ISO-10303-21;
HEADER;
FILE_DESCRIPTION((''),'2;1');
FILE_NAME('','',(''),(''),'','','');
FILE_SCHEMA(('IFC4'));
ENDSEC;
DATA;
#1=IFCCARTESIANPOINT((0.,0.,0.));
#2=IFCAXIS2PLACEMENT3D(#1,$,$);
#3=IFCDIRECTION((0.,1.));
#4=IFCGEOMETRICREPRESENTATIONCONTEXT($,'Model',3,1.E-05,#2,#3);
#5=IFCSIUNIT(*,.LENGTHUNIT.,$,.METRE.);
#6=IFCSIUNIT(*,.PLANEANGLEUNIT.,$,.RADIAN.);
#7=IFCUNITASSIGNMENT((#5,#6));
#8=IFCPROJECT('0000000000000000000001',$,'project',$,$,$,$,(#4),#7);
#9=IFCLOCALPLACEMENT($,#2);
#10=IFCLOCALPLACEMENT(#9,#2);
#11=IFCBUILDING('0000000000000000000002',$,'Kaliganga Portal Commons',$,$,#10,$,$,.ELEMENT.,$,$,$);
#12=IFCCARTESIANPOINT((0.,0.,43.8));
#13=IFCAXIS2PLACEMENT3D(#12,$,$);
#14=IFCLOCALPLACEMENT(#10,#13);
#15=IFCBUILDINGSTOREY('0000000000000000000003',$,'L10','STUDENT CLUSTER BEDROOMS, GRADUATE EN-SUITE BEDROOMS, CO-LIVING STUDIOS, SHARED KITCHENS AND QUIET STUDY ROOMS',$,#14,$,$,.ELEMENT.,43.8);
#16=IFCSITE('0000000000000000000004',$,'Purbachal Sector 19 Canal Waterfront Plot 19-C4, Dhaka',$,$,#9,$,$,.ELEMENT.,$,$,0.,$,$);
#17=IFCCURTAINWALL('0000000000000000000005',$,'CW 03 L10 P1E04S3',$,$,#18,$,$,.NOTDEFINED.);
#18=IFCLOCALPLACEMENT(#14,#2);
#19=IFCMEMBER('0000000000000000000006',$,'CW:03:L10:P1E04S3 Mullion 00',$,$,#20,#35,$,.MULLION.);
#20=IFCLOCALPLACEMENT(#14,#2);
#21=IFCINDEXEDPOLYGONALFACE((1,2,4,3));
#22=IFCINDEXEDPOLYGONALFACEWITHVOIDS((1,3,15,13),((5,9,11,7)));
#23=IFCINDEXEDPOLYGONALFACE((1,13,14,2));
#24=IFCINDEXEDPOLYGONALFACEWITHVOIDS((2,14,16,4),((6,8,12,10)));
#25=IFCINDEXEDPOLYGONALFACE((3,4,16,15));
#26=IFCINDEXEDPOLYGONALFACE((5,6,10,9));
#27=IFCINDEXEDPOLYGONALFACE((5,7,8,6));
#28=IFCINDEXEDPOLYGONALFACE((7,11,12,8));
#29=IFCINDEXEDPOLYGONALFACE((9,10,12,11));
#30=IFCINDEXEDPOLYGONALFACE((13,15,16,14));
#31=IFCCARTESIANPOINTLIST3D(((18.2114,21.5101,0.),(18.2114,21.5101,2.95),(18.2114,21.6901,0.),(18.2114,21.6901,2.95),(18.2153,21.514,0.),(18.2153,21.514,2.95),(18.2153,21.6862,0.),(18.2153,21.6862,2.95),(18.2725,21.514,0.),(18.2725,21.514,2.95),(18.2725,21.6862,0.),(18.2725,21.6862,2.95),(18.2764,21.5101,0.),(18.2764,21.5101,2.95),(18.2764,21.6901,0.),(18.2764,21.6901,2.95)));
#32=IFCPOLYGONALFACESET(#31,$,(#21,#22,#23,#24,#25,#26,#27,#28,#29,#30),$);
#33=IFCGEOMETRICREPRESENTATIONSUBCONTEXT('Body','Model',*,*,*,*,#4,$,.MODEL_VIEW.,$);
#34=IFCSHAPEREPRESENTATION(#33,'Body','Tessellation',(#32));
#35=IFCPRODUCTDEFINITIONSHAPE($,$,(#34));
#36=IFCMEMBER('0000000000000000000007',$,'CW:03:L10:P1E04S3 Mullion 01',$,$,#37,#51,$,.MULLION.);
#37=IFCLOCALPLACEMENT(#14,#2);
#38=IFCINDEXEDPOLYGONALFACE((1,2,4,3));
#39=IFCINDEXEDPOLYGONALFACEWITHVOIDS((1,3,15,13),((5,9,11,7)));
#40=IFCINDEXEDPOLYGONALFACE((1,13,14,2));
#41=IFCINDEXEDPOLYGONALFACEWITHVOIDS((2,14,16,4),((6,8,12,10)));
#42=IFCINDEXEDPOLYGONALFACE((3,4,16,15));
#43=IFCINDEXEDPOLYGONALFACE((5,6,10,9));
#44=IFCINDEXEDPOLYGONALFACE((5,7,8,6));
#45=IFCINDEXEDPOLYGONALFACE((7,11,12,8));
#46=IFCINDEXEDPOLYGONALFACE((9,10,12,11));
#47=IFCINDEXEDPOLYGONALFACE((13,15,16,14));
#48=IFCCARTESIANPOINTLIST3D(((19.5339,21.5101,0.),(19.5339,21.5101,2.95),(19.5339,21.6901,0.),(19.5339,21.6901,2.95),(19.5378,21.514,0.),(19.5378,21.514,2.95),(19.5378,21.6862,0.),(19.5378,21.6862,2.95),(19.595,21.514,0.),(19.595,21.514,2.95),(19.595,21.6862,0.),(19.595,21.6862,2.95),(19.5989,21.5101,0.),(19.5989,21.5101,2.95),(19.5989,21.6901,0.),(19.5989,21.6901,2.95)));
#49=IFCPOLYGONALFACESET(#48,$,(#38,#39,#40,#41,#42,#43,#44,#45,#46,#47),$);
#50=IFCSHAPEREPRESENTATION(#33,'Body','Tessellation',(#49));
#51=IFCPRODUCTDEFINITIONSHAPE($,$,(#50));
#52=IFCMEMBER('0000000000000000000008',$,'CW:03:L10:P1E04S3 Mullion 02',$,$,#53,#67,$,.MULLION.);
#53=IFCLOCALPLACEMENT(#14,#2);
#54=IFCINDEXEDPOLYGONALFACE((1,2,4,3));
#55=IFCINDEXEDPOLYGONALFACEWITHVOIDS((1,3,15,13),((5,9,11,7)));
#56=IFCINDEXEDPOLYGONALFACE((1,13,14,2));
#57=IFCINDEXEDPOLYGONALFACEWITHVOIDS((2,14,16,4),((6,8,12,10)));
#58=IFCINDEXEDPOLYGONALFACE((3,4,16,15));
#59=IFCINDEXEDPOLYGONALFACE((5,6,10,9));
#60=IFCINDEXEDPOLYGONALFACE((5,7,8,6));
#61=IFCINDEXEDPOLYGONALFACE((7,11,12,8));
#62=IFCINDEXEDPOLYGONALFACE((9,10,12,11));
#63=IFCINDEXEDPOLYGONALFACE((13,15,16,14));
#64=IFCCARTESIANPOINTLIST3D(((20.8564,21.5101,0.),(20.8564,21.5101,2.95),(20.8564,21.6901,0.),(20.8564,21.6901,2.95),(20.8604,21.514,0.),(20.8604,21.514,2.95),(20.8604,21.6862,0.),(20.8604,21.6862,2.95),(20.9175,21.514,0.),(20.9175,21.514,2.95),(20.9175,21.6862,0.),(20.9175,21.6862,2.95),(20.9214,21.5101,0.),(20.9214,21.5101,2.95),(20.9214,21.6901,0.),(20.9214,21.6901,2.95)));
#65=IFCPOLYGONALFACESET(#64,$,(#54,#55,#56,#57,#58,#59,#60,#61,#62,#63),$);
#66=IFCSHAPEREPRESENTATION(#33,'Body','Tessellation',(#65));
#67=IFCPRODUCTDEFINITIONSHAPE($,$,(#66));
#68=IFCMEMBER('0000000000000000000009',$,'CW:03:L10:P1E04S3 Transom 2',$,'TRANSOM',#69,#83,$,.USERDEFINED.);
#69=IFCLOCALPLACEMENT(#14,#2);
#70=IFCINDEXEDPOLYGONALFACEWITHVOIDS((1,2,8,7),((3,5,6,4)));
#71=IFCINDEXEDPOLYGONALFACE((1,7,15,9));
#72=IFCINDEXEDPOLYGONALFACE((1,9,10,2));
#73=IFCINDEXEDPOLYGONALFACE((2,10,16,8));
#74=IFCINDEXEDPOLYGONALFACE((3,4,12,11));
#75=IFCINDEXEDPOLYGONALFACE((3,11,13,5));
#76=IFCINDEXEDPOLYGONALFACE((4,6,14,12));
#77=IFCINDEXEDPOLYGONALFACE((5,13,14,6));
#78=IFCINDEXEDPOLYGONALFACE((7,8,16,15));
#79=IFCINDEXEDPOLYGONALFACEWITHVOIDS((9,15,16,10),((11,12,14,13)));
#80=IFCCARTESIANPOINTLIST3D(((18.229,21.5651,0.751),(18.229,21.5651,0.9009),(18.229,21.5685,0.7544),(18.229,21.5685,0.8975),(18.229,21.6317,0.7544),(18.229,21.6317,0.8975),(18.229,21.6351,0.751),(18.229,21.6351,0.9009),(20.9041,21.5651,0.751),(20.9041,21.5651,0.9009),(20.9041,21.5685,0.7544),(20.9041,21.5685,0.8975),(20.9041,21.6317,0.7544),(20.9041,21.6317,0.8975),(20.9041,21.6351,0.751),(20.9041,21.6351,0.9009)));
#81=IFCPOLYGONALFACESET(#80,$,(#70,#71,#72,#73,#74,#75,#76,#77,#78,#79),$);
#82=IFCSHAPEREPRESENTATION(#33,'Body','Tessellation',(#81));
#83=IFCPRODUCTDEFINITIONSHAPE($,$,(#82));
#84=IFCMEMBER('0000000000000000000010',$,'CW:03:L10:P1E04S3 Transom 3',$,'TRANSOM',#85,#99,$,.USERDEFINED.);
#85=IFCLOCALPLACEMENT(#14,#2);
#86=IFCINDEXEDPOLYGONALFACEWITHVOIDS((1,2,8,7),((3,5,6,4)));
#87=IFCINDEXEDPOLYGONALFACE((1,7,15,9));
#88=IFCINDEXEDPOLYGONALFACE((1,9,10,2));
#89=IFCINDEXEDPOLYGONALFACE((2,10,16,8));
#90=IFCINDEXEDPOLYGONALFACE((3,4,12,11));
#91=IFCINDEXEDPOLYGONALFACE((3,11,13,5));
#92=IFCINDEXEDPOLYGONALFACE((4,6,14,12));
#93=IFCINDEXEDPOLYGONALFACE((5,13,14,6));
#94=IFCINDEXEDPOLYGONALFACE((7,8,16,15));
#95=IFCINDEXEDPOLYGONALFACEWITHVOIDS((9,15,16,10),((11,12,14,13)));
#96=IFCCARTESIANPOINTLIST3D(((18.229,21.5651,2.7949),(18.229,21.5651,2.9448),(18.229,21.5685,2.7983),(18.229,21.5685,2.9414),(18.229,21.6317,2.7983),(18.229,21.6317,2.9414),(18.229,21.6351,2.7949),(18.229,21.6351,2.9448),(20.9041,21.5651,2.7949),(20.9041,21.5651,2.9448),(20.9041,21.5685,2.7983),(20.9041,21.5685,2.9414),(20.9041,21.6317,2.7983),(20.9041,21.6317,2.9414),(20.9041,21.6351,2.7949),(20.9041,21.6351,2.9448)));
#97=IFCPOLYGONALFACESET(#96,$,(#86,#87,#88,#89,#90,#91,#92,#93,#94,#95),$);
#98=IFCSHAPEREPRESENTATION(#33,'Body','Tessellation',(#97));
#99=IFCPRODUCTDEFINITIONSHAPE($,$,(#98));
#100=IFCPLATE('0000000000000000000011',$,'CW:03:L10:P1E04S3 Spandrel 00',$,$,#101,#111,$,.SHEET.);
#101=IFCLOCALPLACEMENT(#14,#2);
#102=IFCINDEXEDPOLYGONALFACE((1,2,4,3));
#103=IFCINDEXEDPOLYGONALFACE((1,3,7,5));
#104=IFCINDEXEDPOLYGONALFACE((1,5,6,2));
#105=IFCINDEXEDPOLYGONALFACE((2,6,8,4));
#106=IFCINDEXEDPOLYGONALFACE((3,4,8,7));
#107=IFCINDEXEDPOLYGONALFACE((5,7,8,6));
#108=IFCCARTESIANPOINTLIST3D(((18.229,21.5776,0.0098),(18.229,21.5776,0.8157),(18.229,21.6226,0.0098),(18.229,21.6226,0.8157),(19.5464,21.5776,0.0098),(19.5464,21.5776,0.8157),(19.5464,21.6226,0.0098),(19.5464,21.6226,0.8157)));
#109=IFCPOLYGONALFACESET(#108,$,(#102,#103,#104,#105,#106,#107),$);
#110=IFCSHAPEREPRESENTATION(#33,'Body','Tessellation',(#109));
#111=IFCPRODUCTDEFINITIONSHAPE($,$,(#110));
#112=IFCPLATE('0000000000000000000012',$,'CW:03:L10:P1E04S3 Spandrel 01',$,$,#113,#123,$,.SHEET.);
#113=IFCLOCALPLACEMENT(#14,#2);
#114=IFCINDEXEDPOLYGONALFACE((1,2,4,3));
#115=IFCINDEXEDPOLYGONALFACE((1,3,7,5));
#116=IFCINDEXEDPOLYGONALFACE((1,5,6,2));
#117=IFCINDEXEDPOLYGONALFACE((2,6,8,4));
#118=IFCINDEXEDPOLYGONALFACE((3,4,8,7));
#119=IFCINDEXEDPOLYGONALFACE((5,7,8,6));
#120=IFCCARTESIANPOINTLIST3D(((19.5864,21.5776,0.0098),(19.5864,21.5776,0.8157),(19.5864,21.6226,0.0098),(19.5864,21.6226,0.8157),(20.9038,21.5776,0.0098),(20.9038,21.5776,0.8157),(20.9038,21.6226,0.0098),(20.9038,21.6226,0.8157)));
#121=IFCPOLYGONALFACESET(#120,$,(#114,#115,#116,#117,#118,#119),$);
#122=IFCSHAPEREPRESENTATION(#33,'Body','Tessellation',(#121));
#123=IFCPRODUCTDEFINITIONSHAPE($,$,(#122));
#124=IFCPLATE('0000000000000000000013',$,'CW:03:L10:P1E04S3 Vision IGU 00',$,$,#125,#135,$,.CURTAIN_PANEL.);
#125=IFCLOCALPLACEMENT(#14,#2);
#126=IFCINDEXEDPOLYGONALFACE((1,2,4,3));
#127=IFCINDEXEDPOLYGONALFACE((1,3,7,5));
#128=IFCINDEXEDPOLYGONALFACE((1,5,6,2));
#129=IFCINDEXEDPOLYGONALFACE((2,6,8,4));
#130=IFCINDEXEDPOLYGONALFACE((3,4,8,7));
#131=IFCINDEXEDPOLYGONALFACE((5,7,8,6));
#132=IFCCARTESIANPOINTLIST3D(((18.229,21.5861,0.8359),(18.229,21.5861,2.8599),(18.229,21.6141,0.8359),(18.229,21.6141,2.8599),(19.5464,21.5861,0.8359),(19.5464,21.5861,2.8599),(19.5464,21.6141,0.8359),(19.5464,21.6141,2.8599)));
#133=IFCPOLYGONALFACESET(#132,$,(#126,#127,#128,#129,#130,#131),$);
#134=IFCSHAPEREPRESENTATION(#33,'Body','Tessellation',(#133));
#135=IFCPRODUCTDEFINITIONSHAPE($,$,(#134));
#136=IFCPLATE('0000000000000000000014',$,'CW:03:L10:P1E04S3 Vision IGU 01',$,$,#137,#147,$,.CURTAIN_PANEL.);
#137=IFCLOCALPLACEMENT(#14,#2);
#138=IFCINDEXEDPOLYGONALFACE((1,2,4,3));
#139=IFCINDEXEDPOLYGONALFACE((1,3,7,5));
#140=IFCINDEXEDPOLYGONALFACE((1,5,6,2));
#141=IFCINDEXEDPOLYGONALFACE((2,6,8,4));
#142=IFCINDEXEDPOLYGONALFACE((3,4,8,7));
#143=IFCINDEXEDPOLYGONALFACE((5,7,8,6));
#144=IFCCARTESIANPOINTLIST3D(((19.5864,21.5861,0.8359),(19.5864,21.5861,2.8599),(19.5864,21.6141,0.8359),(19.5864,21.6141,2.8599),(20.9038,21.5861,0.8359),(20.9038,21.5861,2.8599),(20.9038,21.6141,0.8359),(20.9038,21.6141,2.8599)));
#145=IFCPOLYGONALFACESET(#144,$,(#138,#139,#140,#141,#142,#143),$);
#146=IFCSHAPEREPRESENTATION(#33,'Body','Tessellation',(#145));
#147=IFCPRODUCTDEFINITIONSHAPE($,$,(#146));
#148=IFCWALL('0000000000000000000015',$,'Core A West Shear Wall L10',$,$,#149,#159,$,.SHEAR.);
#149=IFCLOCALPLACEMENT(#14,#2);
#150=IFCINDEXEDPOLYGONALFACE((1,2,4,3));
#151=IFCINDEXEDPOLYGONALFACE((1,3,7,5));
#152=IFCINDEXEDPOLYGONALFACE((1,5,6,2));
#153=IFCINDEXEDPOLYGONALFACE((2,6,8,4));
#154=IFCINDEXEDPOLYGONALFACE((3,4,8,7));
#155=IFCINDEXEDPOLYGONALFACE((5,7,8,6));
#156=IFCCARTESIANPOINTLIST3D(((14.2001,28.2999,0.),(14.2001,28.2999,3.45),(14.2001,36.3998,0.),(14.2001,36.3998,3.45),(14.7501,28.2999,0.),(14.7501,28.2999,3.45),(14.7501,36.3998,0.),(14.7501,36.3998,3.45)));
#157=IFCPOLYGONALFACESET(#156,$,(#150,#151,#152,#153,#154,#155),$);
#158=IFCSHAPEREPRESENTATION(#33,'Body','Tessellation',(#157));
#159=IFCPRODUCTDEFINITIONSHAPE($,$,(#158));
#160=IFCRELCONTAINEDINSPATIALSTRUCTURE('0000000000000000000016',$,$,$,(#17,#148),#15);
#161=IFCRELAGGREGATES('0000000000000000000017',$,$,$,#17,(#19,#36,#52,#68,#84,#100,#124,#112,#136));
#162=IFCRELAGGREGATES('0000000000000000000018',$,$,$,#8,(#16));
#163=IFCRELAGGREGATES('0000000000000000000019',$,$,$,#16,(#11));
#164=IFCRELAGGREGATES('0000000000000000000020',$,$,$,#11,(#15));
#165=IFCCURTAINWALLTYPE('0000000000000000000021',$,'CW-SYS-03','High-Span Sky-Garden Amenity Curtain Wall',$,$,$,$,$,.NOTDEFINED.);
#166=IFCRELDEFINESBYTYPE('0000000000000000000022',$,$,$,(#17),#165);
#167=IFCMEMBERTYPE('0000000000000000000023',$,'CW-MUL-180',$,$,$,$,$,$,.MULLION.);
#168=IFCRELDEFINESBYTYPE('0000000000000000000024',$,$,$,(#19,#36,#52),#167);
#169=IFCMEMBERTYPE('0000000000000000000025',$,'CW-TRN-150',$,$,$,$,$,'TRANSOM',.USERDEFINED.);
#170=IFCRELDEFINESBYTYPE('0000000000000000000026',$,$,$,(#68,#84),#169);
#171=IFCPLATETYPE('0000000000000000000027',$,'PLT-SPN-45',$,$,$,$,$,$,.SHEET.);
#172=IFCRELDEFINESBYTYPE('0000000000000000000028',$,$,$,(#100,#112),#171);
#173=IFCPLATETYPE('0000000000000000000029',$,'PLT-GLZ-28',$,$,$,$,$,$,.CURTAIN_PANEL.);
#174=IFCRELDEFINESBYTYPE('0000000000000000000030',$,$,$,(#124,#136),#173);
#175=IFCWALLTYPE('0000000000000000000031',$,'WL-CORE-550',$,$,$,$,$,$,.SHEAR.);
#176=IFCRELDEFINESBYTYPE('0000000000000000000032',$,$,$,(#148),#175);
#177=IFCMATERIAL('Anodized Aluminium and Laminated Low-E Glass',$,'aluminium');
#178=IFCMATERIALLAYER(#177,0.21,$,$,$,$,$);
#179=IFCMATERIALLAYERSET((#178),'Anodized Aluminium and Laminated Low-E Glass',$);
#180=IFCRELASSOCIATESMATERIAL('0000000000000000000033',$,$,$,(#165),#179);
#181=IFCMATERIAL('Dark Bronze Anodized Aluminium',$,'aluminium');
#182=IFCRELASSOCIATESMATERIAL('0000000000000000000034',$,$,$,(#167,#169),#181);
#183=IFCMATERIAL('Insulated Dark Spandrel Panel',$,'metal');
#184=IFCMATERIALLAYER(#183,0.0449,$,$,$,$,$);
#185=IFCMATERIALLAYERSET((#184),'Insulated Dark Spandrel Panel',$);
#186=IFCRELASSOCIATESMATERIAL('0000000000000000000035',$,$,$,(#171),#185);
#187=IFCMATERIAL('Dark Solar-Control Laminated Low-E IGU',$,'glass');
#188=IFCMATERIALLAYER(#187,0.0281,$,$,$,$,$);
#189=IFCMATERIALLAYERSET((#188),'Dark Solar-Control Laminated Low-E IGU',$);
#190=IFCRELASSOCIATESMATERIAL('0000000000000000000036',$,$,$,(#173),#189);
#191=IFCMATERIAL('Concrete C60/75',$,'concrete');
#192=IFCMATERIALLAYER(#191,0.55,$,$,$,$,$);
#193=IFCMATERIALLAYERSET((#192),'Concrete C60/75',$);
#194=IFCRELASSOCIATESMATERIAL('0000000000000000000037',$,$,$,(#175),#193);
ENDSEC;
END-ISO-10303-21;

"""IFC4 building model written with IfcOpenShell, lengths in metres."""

from ifc_helpers import new_model, si_unit, direction, frame, frame_2d, origin, origin_2d, place, context, subcontext, project, spatial, rectangle, hollow_rectangle, extrude, source, transform, mapped, material, layer, layer_set, material_profile, profile_set, type_object, element, aggregate, save


model = new_model("IFC4")

# Units and contexts
model_context = context("Model", 3, precision=1e-05, world=origin(), true_north=direction((0.0, 1.0)))
body_context = subcontext(model_context, "Body", "Model", "MODEL_VIEW")
ifc_project = project(units=[si_unit("LENGTHUNIT", "METRE"), si_unit("PLANEANGLEUNIT", "RADIAN")], contexts=[model_context])

# Site, building, storey
site_placement = place(None, origin())
site = spatial("IfcSite", under=ifc_project, at=site_placement, Name="Purbachal Sector 19 Canal Waterfront Plot 19-C4, Dhaka", CompositionType="ELEMENT", RefElevation=0.0)
building_placement = place(site_placement, origin())
building = spatial("IfcBuilding", under=site, at=building_placement, Name="Kaliganga Portal Commons", CompositionType="ELEMENT")
storey_placement = place(building_placement, frame((0.0, 0.0, 43.8)))
storey = spatial("IfcBuildingStorey", under=building, at=storey_placement, Name="L10", Description="STUDENT CLUSTER BEDROOMS, GRADUATE EN-SUITE BEDROOMS, CO-LIVING STUDIOS, SHARED KITCHENS AND QUIET STUDY ROOMS", CompositionType="ELEMENT", Elevation=43.8)

# Curtain wall, members, plates
ifc_material_1 = material(Name="Anodized Aluminium and Laminated Low-E Glass", Category="aluminium")
ifc_layer_1 = layer(ifc_material_1, 0.21)
ifc_layer_set_1 = layer_set([ifc_layer_1], Name="Anodized Aluminium and Laminated Low-E Glass")
curtain_wall_type = type_object("IfcCurtainWallType", Name="CW-SYS-03", Description="High-Span Sky-Garden Amenity Curtain Wall", PredefinedType="NOTDEFINED", material=ifc_layer_set_1)
curtain_wall_placement = place(storey_placement, origin())
curtain_wall = element("IfcCurtainWall", 1, at=curtain_wall_placement, inside=storey, type_object=curtain_wall_type, Name="CW 03 L10 P1E04S3", PredefinedType="NOTDEFINED")
ifc_material_2 = material(Name="Dark Bronze Anodized Aluminium", Category="aluminium")
ifc_material_profile_1 = material_profile(ifc_material_2, hollow_rectangle(XDim=0.0649, YDim=0.1799, WallThickness=0.0039, at=origin_2d()), Name="ALU MULL 65x180x4")
ifc_profile_set_1 = profile_set([ifc_material_profile_1], Name="Dark Bronze Anodized Aluminium")
member_type_1 = type_object("IfcMemberType", Name="CW-MUL-180", PredefinedType="MULLION", material=ifc_profile_set_1)
shared_shape_1 = source(origin(), body_context, "Body", "SweptSolid", [
    extrude(hollow_rectangle(XDim=0.0649, YDim=0.1799, WallThickness=0.0039, at=origin_2d()), origin(), (0.0, 0.0, 1.0), 2.95),
])
member_1_placement = place(storey_placement, frame((18.2439, 21.6001, 0.0), z_axis=(0.0, 0.0, 1.0), x_axis=(1.0, 0.0, 0.0)))
member_1 = element("IfcMember", 2, at=member_1_placement, type_object=member_type_1, Name="CW:03:L10:P1E04S3 Mullion 00", PredefinedType="MULLION", context=body_context, shape_type="MappedRepresentation", body=[
    mapped(shared_shape_1, transform((0.0, 0.0, 0.0), x_axis=(1.0, 0.0, 0.0), y_axis=(0.0, 1.0, 0.0), z_axis=(0.0, 0.0, 1.0), scale=1.0)),
])
member_2_placement = place(storey_placement, frame((19.5664, 21.6001, 0.0), z_axis=(0.0, 0.0, 1.0), x_axis=(1.0, 0.0, 0.0)))
member_2 = element("IfcMember", 3, at=member_2_placement, type_object=member_type_1, Name="CW:03:L10:P1E04S3 Mullion 01", PredefinedType="MULLION", context=body_context, shape_type="MappedRepresentation", body=[
    mapped(shared_shape_1, transform((0.0, 0.0, 0.0), x_axis=(1.0, 0.0, 0.0), y_axis=(0.0, 1.0, 0.0), z_axis=(0.0, 0.0, 1.0), scale=1.0)),
])
member_3_placement = place(storey_placement, frame((20.8889, 21.6001, 0.0), z_axis=(0.0, 0.0, 1.0), x_axis=(1.0, 0.0, 0.0)))
member_3 = element("IfcMember", 4, at=member_3_placement, type_object=member_type_1, Name="CW:03:L10:P1E04S3 Mullion 02", PredefinedType="MULLION", context=body_context, shape_type="MappedRepresentation", body=[
    mapped(shared_shape_1, transform((0.0, 0.0, 0.0), x_axis=(1.0, 0.0, 0.0), y_axis=(0.0, 1.0, 0.0), z_axis=(0.0, 0.0, 1.0), scale=1.0)),
])
ifc_material_profile_2 = material_profile(ifc_material_2, hollow_rectangle(XDim=0.0701, YDim=0.1499, WallThickness=0.0034, at=origin_2d()), Name="ALU TRAN 70x150x3.5")
ifc_profile_set_2 = profile_set([ifc_material_profile_2], Name="Dark Bronze Anodized Aluminium")
member_type_2 = type_object("IfcMemberType", Name="CW-TRN-150", ElementType="TRANSOM", PredefinedType="USERDEFINED", material=ifc_profile_set_2)
shared_shape_2 = source(origin(), body_context, "Body", "SweptSolid", [
    extrude(hollow_rectangle(XDim=0.0701, YDim=0.1499, WallThickness=0.0034, at=origin_2d()), origin(), (0.0, 0.0, 1.0), 2.675),
])
member_4_placement = place(storey_placement, frame((18.229, 21.6001, 0.8259), z_axis=(1.0, 0.0, 0.0), x_axis=(0.0, 1.0, 0.0)))
member_4 = element("IfcMember", 5, at=member_4_placement, type_object=member_type_2, Name="CW:03:L10:P1E04S3 Transom 2", ObjectType="TRANSOM", PredefinedType="USERDEFINED", context=body_context, shape_type="MappedRepresentation", body=[
    mapped(shared_shape_2, transform((0.0, 0.0, 0.0), x_axis=(1.0, 0.0, 0.0), y_axis=(0.0, 1.0, 0.0), z_axis=(0.0, 0.0, 1.0), scale=1.0)),
])
member_5_placement = place(storey_placement, frame((18.229, 21.6001, 2.8699), z_axis=(1.0, 0.0, 0.0), x_axis=(0.0, 1.0, 0.0)))
member_5 = element("IfcMember", 6, at=member_5_placement, type_object=member_type_2, Name="CW:03:L10:P1E04S3 Transom 3", ObjectType="TRANSOM", PredefinedType="USERDEFINED", context=body_context, shape_type="MappedRepresentation", body=[
    mapped(shared_shape_2, transform((0.0, 0.0, 0.0), x_axis=(1.0, 0.0, 0.0), y_axis=(0.0, 1.0, 0.0), z_axis=(0.0, 0.0, 1.0), scale=1.0)),
])
ifc_material_3 = material(Name="Insulated Dark Spandrel Panel", Category="metal")
ifc_layer_2 = layer(ifc_material_3, 0.0449)
ifc_layer_set_2 = layer_set([ifc_layer_2], Name="Insulated Dark Spandrel Panel")
plate_type_1 = type_object("IfcPlateType", Name="PLT-SPN-45", PredefinedType="SHEET", material=ifc_layer_set_2)
shared_shape_3 = source(origin(), body_context, "Body", "SweptSolid", [
    extrude(rectangle(XDim=1.3174, YDim=0.0449, at=origin_2d()), origin(), (0.0, 0.0, 1.0), 0.8059),
])
plate_1_placement = place(storey_placement, frame((18.8877, 21.6001, 0.0098), z_axis=(0.0, 0.0, 1.0), x_axis=(1.0, 0.0, 0.0)))
plate_1 = element("IfcPlate", 7, at=plate_1_placement, type_object=plate_type_1, Name="CW:03:L10:P1E04S3 Spandrel 00", PredefinedType="SHEET", context=body_context, shape_type="MappedRepresentation", body=[
    mapped(shared_shape_3, transform((0.0, 0.0, 0.0), x_axis=(1.0, 0.0, 0.0), y_axis=(0.0, 1.0, 0.0), z_axis=(0.0, 0.0, 1.0), scale=1.0)),
])
plate_2_placement = place(storey_placement, frame((20.2451, 21.6001, 0.0098), z_axis=(0.0, 0.0, 1.0), x_axis=(1.0, 0.0, 0.0)))
plate_2 = element("IfcPlate", 8, at=plate_2_placement, type_object=plate_type_1, Name="CW:03:L10:P1E04S3 Spandrel 01", PredefinedType="SHEET", context=body_context, shape_type="MappedRepresentation", body=[
    mapped(shared_shape_3, transform((0.0, 0.0, 0.0), x_axis=(1.0, 0.0, 0.0), y_axis=(0.0, 1.0, 0.0), z_axis=(0.0, 0.0, 1.0), scale=1.0)),
])
ifc_material_4 = material(Name="Dark Solar-Control Laminated Low-E IGU", Category="glass")
ifc_layer_3 = layer(ifc_material_4, 0.0281)
ifc_layer_set_3 = layer_set([ifc_layer_3], Name="Dark Solar-Control Laminated Low-E IGU")
plate_type_2 = type_object("IfcPlateType", Name="PLT-GLZ-28", PredefinedType="CURTAIN_PANEL", material=ifc_layer_set_3)
shared_shape_4 = source(origin(), body_context, "Body", "SweptSolid", [
    extrude(rectangle(XDim=1.3174, YDim=0.0281, at=origin_2d()), origin(), (0.0, 0.0, 1.0), 2.0239),
])
plate_3_placement = place(storey_placement, frame((18.8877, 21.6001, 0.8359), z_axis=(0.0, 0.0, 1.0), x_axis=(1.0, 0.0, 0.0)))
plate_3 = element("IfcPlate", 9, at=plate_3_placement, type_object=plate_type_2, Name="CW:03:L10:P1E04S3 Vision IGU 00", PredefinedType="CURTAIN_PANEL", context=body_context, shape_type="MappedRepresentation", body=[
    mapped(shared_shape_4, transform((0.0, 0.0, 0.0), x_axis=(1.0, 0.0, 0.0), y_axis=(0.0, 1.0, 0.0), z_axis=(0.0, 0.0, 1.0), scale=1.0)),
])
plate_4_placement = place(storey_placement, frame((20.2451, 21.6001, 0.8359), z_axis=(0.0, 0.0, 1.0), x_axis=(1.0, 0.0, 0.0)))
plate_4 = element("IfcPlate", 10, at=plate_4_placement, type_object=plate_type_2, Name="CW:03:L10:P1E04S3 Vision IGU 01", PredefinedType="CURTAIN_PANEL", context=body_context, shape_type="MappedRepresentation", body=[
    mapped(shared_shape_4, transform((0.0, 0.0, 0.0), x_axis=(1.0, 0.0, 0.0), y_axis=(0.0, 1.0, 0.0), z_axis=(0.0, 0.0, 1.0), scale=1.0)),
])
aggregate(curtain_wall, [member_1, member_2, member_3, member_4, member_5, plate_1, plate_3, plate_2, plate_4])

# Wall
ifc_material_5 = material(Name="Concrete C60/75", Category="concrete")
ifc_layer_4 = layer(ifc_material_5, 0.55)
ifc_layer_set_4 = layer_set([ifc_layer_4], Name="Concrete C60/75")
wall_type_1 = type_object("IfcWallType", Name="WL-CORE-550", PredefinedType="SHEAR", material=ifc_layer_set_4)
wall_1_placement = place(storey_placement, frame((14.4751, 28.3, 0.0), z_axis=(0.0, 0.0, 1.0), x_axis=(0.0, 1.0, 0.0)))
element("IfcWall", 11, at=wall_1_placement, inside=storey, type_object=wall_type_1, Name="Core A West Shear Wall L10", PredefinedType="SHEAR", context=body_context, shape_type="SweptSolid", body=[
    extrude(rectangle(XDim=8.0999, YDim=0.55, at=frame_2d((4.0498, 0.0))), origin(), (0.0, 0.0, 1.0), 3.45),
])

save(model, "model.ifc")
